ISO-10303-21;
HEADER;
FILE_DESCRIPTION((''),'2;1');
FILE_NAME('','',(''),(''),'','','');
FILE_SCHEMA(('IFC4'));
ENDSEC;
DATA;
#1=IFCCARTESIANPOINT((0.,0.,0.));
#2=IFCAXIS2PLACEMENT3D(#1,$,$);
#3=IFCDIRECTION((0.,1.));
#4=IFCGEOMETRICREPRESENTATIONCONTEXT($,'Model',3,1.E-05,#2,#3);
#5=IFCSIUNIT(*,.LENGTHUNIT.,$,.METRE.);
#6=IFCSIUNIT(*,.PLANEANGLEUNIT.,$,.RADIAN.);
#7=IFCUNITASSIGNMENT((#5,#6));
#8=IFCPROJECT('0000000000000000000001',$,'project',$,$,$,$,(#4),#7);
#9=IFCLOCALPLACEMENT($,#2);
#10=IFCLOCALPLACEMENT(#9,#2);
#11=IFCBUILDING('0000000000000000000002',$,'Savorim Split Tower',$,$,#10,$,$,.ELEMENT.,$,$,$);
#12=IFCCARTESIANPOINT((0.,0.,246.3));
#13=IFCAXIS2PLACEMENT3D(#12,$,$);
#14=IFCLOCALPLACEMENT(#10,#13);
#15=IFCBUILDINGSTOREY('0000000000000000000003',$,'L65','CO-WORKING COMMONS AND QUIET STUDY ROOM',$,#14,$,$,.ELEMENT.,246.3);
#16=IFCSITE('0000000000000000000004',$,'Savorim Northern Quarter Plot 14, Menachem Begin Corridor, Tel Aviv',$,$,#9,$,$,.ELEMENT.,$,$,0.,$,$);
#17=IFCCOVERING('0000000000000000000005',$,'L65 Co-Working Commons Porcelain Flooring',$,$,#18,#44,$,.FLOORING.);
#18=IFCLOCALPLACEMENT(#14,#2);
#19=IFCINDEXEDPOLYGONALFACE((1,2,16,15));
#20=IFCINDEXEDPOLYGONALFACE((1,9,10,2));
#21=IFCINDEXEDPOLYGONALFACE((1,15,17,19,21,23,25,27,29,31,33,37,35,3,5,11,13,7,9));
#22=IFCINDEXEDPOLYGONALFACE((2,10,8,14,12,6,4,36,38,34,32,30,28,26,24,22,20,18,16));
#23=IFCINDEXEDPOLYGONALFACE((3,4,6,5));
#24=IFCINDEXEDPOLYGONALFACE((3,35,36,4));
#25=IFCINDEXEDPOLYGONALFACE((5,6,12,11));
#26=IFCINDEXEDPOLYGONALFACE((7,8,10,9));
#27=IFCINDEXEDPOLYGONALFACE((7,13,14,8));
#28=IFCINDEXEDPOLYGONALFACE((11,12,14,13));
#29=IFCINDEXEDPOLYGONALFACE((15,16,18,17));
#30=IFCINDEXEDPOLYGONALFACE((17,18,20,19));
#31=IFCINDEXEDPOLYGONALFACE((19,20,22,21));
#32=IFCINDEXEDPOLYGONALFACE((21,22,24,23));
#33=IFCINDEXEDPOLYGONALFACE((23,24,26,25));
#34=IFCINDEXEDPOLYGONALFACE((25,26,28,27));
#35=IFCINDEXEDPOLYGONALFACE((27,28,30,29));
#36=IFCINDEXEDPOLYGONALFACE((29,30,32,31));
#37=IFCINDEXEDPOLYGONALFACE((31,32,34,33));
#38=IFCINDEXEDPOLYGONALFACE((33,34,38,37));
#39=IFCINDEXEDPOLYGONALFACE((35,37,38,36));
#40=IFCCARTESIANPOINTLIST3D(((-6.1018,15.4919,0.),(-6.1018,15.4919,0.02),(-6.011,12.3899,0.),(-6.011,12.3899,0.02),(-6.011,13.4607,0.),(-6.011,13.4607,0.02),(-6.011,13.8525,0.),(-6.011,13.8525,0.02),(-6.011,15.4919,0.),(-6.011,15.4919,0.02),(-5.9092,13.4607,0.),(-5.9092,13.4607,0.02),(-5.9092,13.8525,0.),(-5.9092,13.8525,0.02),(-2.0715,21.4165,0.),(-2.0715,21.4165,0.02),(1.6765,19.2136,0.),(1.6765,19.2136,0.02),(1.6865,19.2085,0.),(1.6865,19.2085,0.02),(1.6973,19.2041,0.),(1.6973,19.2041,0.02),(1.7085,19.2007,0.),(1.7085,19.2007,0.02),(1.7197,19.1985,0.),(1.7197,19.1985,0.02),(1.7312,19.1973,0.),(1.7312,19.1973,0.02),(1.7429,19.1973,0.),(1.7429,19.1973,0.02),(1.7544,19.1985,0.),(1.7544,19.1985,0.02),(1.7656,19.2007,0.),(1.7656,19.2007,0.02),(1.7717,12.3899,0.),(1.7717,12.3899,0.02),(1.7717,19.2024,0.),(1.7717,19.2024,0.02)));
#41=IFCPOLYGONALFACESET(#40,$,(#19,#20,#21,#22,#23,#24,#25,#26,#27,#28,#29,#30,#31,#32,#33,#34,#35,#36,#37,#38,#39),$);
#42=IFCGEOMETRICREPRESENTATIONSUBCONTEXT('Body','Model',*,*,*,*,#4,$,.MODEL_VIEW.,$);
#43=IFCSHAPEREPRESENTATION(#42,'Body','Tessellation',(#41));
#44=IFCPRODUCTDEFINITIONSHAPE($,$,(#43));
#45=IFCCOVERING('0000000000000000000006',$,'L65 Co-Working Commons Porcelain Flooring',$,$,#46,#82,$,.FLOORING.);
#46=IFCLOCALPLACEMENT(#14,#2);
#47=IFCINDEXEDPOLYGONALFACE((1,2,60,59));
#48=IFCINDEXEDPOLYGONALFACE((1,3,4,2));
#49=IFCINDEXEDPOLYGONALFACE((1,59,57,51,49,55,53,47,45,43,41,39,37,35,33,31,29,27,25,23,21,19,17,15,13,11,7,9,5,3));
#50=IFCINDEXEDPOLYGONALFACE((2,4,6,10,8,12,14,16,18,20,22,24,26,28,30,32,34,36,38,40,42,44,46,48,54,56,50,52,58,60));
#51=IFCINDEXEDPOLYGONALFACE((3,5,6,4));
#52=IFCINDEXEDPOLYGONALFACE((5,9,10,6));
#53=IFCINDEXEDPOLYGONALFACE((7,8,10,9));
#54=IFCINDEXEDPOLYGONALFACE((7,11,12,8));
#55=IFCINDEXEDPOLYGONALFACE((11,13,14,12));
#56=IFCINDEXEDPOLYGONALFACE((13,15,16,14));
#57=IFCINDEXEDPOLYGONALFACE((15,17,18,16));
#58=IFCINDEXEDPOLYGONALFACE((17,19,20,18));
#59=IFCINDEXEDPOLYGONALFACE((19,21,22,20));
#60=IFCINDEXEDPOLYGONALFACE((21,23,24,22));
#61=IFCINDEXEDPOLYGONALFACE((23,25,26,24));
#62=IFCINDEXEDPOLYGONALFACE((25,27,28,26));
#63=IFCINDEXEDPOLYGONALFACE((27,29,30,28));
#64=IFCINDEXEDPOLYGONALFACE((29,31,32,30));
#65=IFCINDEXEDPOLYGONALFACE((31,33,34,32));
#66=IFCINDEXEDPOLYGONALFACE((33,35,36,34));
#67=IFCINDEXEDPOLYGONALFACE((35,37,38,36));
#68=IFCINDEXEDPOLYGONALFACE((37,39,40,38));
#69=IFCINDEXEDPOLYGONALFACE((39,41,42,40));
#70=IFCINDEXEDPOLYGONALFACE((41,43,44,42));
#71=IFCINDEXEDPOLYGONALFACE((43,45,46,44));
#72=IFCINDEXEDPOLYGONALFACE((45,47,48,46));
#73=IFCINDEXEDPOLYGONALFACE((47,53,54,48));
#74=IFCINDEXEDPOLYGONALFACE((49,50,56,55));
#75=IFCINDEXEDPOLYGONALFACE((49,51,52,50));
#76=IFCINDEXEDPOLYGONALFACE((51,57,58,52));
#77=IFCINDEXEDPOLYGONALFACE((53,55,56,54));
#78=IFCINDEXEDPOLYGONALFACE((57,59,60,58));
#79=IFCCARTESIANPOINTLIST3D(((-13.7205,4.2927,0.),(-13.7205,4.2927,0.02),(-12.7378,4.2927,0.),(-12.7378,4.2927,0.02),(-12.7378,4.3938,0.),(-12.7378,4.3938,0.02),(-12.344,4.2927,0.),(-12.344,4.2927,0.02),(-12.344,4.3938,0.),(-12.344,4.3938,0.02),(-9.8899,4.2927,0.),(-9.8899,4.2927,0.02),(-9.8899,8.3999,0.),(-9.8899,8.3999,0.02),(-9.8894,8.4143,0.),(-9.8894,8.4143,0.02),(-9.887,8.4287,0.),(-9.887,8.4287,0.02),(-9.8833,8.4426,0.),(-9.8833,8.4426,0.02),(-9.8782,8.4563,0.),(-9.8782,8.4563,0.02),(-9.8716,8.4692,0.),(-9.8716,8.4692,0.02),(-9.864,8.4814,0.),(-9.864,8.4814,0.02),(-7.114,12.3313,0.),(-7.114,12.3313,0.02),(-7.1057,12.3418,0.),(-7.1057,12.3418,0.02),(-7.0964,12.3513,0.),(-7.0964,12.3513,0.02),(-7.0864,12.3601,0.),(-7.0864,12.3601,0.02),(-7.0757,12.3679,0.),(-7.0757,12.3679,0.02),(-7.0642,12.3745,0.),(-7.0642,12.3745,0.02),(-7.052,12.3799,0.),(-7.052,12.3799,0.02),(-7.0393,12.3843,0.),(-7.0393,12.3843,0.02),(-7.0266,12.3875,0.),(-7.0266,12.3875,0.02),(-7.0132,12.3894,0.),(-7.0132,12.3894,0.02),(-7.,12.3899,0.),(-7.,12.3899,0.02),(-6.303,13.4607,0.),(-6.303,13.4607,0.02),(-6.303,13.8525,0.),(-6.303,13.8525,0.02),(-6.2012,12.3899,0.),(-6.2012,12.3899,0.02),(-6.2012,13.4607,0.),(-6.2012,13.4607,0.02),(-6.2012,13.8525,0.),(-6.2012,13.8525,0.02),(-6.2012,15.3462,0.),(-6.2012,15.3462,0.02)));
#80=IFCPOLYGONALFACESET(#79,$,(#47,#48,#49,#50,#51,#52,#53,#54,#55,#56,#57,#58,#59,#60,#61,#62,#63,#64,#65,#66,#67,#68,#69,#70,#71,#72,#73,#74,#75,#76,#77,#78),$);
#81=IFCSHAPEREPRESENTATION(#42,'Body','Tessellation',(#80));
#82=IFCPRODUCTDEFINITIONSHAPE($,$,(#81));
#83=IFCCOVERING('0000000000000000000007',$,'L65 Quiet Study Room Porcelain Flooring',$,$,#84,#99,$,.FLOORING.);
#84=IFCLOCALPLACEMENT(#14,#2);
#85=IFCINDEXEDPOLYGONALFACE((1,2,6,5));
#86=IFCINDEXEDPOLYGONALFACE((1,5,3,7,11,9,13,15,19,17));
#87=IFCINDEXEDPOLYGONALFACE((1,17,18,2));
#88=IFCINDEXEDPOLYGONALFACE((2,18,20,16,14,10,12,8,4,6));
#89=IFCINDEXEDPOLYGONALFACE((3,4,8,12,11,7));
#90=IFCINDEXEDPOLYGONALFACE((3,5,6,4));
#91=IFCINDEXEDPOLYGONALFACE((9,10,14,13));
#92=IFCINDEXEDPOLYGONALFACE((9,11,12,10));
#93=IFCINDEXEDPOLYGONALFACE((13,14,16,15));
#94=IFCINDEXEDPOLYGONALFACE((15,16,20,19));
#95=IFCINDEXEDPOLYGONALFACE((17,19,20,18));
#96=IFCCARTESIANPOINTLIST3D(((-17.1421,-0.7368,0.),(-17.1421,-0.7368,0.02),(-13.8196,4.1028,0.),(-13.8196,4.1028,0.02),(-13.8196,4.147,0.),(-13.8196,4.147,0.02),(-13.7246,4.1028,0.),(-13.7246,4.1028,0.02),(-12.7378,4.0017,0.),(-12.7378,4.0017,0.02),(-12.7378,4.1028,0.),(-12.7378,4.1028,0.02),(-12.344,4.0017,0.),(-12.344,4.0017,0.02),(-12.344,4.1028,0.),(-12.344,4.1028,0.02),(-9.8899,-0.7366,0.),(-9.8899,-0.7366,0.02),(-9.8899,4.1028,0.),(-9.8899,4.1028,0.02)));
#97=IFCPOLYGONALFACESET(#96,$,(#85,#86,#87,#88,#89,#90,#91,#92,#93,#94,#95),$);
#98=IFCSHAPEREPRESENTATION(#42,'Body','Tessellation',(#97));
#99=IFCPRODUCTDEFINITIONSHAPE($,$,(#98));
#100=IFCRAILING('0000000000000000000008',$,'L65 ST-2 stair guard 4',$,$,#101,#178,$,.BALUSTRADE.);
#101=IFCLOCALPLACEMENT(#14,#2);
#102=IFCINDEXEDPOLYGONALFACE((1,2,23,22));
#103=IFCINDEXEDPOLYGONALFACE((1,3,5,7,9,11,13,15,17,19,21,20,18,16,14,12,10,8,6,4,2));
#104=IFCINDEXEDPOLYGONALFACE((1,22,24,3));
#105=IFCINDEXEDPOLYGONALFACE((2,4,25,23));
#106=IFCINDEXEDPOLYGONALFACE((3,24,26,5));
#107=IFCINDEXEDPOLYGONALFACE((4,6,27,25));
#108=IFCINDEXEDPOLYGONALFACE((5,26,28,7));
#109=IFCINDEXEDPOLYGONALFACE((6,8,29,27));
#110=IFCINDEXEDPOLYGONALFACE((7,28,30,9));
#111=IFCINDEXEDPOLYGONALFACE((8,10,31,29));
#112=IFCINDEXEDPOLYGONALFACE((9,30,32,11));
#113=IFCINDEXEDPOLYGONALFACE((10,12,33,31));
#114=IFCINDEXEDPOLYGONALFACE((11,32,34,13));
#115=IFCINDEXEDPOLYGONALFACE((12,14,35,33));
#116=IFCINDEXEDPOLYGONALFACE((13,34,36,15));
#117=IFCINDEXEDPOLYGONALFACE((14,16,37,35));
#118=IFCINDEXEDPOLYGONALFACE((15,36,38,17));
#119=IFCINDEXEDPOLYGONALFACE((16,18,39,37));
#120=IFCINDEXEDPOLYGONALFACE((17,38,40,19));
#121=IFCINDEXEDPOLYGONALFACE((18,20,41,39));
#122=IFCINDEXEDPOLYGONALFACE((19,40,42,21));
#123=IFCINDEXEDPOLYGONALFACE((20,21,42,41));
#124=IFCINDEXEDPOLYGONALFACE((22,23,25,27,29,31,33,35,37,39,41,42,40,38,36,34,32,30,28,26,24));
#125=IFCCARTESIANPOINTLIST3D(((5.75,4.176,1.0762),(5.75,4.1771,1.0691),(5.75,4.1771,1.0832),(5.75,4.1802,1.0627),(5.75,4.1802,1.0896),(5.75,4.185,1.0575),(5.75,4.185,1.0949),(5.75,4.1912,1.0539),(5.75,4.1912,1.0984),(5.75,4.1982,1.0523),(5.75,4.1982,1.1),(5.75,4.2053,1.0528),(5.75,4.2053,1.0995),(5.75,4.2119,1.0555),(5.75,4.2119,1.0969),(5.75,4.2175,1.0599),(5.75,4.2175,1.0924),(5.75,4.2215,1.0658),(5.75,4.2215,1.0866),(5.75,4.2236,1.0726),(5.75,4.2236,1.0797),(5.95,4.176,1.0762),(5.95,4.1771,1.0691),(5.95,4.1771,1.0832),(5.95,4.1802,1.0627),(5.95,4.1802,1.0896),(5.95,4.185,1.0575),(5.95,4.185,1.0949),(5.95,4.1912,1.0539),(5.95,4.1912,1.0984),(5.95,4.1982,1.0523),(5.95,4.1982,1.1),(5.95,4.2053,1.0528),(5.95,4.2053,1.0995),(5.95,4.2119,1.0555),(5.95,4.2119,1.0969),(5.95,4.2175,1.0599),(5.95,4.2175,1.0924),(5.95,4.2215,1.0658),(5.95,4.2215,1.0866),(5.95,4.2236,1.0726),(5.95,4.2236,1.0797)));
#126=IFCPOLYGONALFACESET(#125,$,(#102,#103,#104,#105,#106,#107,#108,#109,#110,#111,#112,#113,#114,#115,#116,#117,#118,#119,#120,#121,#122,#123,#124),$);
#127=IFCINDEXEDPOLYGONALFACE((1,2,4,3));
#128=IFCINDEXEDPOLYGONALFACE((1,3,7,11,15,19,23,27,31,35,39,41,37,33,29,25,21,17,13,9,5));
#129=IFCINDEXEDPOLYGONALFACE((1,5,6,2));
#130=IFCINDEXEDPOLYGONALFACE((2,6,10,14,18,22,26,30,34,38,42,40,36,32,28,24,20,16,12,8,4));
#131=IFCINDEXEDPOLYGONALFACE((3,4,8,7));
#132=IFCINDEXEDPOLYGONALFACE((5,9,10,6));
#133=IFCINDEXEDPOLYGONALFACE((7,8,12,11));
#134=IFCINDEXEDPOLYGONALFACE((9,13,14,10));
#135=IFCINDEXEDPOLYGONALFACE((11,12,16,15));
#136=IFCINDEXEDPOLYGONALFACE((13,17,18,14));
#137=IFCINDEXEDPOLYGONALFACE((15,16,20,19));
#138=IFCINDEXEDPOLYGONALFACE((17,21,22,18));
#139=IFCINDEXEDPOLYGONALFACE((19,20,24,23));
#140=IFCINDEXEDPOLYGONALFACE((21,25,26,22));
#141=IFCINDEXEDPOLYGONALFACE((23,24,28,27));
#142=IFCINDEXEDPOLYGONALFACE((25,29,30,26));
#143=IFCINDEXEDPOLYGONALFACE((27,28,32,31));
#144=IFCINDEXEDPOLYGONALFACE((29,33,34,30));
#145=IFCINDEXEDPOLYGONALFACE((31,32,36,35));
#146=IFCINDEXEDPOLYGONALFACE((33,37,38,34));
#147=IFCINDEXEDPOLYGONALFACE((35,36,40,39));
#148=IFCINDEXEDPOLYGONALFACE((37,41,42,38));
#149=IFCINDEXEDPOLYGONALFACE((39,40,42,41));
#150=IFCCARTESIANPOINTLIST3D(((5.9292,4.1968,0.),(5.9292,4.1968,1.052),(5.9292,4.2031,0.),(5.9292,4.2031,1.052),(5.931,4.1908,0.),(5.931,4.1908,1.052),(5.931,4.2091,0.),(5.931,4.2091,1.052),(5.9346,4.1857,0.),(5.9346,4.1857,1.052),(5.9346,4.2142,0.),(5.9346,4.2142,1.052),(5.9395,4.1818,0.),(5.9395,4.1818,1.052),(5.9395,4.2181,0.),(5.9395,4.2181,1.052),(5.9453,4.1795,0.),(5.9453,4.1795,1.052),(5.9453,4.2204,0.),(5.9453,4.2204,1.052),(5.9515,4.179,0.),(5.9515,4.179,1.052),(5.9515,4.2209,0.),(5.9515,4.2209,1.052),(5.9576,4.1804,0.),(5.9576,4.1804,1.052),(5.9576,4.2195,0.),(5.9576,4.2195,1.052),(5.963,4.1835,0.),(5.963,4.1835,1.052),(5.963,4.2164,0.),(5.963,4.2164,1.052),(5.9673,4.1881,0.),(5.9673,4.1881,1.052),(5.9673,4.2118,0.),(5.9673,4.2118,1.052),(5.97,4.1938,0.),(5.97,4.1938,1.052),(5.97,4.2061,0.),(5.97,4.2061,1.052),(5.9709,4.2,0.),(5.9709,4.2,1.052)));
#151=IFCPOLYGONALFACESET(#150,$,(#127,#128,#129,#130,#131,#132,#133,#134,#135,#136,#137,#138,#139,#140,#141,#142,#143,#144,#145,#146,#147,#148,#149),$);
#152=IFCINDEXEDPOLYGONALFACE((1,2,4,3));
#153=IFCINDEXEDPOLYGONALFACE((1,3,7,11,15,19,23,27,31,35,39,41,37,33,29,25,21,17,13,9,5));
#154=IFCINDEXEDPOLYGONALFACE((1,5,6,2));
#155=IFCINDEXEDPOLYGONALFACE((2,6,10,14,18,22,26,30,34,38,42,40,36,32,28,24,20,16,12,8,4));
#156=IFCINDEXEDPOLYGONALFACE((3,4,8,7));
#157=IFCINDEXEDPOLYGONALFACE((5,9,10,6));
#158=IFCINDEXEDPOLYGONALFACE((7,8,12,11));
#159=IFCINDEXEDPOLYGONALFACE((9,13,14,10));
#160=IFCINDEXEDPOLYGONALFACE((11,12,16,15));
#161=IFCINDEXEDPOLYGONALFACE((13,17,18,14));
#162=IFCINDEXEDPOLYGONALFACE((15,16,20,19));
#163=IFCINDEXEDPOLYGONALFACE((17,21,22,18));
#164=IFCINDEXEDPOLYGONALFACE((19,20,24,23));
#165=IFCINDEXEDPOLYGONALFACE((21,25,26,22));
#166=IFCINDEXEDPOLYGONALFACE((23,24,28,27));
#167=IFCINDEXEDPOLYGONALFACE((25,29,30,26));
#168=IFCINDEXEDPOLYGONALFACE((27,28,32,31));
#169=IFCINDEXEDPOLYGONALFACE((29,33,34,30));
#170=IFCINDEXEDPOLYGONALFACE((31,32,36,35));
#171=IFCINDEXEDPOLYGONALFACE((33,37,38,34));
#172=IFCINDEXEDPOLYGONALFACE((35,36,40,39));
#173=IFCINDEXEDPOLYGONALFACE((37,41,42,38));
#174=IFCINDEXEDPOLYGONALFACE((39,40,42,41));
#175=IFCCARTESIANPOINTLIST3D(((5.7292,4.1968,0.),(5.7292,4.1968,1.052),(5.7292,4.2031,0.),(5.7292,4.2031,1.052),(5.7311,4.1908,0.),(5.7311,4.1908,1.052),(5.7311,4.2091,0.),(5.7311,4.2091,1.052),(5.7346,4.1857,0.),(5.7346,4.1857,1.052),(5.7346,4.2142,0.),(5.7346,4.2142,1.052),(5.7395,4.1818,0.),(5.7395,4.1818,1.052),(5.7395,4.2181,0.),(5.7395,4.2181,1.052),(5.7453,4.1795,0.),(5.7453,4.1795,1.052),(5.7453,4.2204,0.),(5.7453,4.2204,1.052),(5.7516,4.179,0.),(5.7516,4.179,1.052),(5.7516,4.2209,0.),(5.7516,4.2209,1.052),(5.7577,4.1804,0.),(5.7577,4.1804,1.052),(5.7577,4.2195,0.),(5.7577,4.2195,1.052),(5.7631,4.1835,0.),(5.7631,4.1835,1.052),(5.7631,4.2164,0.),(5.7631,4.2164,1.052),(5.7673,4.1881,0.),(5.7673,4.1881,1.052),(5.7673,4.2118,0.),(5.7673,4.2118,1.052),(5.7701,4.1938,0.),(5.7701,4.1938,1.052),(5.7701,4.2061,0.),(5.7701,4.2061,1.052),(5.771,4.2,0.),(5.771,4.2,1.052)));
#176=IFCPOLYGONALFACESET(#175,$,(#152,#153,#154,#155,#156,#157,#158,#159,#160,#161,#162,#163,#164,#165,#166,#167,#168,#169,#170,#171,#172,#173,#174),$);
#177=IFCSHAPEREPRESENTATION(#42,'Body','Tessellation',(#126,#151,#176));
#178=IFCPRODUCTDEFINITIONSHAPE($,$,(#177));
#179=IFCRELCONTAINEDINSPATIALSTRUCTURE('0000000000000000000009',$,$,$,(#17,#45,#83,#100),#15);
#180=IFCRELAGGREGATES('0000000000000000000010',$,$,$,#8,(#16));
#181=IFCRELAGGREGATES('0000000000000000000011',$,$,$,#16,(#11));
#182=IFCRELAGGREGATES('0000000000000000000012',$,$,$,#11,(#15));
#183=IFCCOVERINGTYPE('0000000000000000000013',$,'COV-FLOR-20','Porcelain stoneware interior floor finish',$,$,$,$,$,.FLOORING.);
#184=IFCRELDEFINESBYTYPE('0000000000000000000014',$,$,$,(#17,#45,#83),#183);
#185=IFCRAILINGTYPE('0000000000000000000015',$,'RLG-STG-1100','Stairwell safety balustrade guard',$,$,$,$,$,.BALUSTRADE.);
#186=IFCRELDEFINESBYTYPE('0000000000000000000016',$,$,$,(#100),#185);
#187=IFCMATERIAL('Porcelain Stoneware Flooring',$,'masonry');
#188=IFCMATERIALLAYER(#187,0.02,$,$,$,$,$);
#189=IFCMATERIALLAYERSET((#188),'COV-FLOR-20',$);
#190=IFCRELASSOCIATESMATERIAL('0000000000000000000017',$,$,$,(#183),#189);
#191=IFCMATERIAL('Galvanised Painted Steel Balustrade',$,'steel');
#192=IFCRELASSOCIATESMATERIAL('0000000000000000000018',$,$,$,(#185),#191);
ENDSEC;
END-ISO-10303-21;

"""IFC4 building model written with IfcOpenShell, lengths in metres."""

from ifc_helpers import new_model, si_unit, direction, frame, origin, origin_2d, place, context, subcontext, project, spatial, polyline, circle, outline, extrude, material, layer, layer_set, type_object, element, save


model = new_model("IFC4")

# Units and contexts
model_context = context("Model", 3, precision=1e-05, world=origin(), true_north=direction((0.0, 1.0)))
body_context = subcontext(model_context, "Body", "Model", "MODEL_VIEW")
ifc_project = project(units=[si_unit("LENGTHUNIT", "METRE"), si_unit("PLANEANGLEUNIT", "RADIAN")], contexts=[model_context])

# Site, building, storey
site_placement = place(None, origin())
site = spatial("IfcSite", under=ifc_project, at=site_placement, Name="Savorim Northern Quarter Plot 14, Menachem Begin Corridor, Tel Aviv", CompositionType="ELEMENT", RefElevation=0.0)
building_placement = place(site_placement, origin())
building = spatial("IfcBuilding", under=site, at=building_placement, Name="Savorim Split Tower", CompositionType="ELEMENT")
storey_placement = place(building_placement, frame((0.0, 0.0, 246.3)))
storey = spatial("IfcBuildingStorey", under=building, at=storey_placement, Name="L65", Description="CO-WORKING COMMONS AND QUIET STUDY ROOM", CompositionType="ELEMENT", Elevation=246.3)

# Coverings
ifc_material_1 = material(Name="Porcelain Stoneware Flooring", Category="masonry")
ifc_layer_1 = layer(ifc_material_1, 0.02)
ifc_layer_set_1 = layer_set([ifc_layer_1], Name="COV-FLOR-20")
covering_type_1 = type_object("IfcCoveringType", Name="COV-FLOR-20", Description="Porcelain stoneware interior floor finish", PredefinedType="FLOORING", material=ifc_layer_set_1)
covering_1_placement = place(storey_placement, origin())
element("IfcCovering", 1, at=covering_1_placement, inside=storey, type_object=covering_type_1, Name="L65 Co-Working Commons Porcelain Flooring", PredefinedType="FLOORING", context=body_context, shape_type="SweptSolid", body=[
    extrude(outline(polyline([(1.6973, 19.2041), (1.6865, 19.2085), (1.6765, 19.2136), (-2.0715, 21.4165), (-6.1018, 15.4919), (-6.011, 15.4919), (-6.011, 13.8525), (-5.9092, 13.8525), (-5.9092, 13.4607), (-6.011, 13.4607), (-6.011, 12.3899), (1.7717, 12.3899), (1.7717, 19.2024), (1.7656, 19.2007), (1.7544, 19.1985), (1.7429, 19.1973), (1.7312, 19.1973), (1.7197, 19.1985), (1.7085, 19.2007), (1.6973, 19.2041)])), origin(), (0.0, 0.0, 1.0), 0.02),
])
covering_2_placement = place(storey_placement, origin())
element("IfcCovering", 2, at=covering_2_placement, inside=storey, type_object=covering_type_1, Name="L65 Co-Working Commons Porcelain Flooring", PredefinedType="FLOORING", context=body_context, shape_type="SweptSolid", body=[
    extrude(outline(polyline([(-7.0132, 12.3894), (-7.0, 12.3899), (-6.2012, 12.3899), (-6.2012, 13.4607), (-6.303, 13.4607), (-6.303, 13.8525), (-6.2012, 13.8525), (-6.2012, 15.3462), (-13.7205, 4.2927), (-12.7378, 4.2927), (-12.7378, 4.3938), (-12.344, 4.3938), (-12.344, 4.2927), (-9.8899, 4.2927), (-9.8899, 8.3999), (-9.8894, 8.4143), (-9.887, 8.4287), (-9.8833, 8.4426), (-9.8782, 8.4563), (-9.8716, 8.4692), (-9.864, 8.4814), (-7.114, 12.3313), (-7.1057, 12.3418), (-7.0964, 12.3513), (-7.0864, 12.3601), (-7.0757, 12.3679), (-7.0642, 12.3745), (-7.052, 12.3799), (-7.0393, 12.3843), (-7.0266, 12.3875), (-7.0132, 12.3894)])), origin(), (0.0, 0.0, 1.0), 0.02),
])
covering_3_placement = place(storey_placement, origin())
element("IfcCovering", 3, at=covering_3_placement, inside=storey, type_object=covering_type_1, Name="L65 Quiet Study Room Porcelain Flooring", PredefinedType="FLOORING", context=body_context, shape_type="SweptSolid", body=[
    extrude(outline(polyline([(-12.7378, 4.1028), (-13.7246, 4.1028), (-13.8196, 4.1028), (-13.8196, 4.147), (-17.1421, -0.7368), (-9.8899, -0.7366), (-9.8899, 4.1028), (-12.344, 4.1028), (-12.344, 4.0017), (-12.7378, 4.0017), (-12.7378, 4.1028)])), origin(), (0.0, 0.0, 1.0), 0.02),
])

# Railing
ifc_material_2 = material(Name="Galvanised Painted Steel Balustrade", Category="steel")
railing_type = type_object("IfcRailingType", Name="RLG-STG-1100", Description="Stairwell safety balustrade guard", PredefinedType="BALUSTRADE", material=ifc_material_2)
railing_placement = place(storey_placement, frame((5.95, 4.2, 0.0)))
element("IfcRailing", 4, at=railing_placement, inside=storey, type_object=railing_type, Name="L65 ST-2 stair guard 4", PredefinedType="BALUSTRADE", context=body_context, shape_type="SweptSolid", body=[
    extrude(circle(Radius=0.0239, at=origin_2d()), frame((0.0, 0.0, 1.0762), z_axis=(-1.0, 0.0, 0.0), x_axis=(0.0, -1.0, 0.0)), (0.0, 0.0, 1.0), 0.2),
    extrude(circle(Radius=0.021, at=origin_2d()), origin(), (0.0, 0.0, 1.0), 1.052),
    extrude(circle(Radius=0.021, at=origin_2d()), frame((-0.2, 0.0, 0.0)), (0.0, 0.0, 1.0), 1.052),
])

save(model, "model.ifc")
